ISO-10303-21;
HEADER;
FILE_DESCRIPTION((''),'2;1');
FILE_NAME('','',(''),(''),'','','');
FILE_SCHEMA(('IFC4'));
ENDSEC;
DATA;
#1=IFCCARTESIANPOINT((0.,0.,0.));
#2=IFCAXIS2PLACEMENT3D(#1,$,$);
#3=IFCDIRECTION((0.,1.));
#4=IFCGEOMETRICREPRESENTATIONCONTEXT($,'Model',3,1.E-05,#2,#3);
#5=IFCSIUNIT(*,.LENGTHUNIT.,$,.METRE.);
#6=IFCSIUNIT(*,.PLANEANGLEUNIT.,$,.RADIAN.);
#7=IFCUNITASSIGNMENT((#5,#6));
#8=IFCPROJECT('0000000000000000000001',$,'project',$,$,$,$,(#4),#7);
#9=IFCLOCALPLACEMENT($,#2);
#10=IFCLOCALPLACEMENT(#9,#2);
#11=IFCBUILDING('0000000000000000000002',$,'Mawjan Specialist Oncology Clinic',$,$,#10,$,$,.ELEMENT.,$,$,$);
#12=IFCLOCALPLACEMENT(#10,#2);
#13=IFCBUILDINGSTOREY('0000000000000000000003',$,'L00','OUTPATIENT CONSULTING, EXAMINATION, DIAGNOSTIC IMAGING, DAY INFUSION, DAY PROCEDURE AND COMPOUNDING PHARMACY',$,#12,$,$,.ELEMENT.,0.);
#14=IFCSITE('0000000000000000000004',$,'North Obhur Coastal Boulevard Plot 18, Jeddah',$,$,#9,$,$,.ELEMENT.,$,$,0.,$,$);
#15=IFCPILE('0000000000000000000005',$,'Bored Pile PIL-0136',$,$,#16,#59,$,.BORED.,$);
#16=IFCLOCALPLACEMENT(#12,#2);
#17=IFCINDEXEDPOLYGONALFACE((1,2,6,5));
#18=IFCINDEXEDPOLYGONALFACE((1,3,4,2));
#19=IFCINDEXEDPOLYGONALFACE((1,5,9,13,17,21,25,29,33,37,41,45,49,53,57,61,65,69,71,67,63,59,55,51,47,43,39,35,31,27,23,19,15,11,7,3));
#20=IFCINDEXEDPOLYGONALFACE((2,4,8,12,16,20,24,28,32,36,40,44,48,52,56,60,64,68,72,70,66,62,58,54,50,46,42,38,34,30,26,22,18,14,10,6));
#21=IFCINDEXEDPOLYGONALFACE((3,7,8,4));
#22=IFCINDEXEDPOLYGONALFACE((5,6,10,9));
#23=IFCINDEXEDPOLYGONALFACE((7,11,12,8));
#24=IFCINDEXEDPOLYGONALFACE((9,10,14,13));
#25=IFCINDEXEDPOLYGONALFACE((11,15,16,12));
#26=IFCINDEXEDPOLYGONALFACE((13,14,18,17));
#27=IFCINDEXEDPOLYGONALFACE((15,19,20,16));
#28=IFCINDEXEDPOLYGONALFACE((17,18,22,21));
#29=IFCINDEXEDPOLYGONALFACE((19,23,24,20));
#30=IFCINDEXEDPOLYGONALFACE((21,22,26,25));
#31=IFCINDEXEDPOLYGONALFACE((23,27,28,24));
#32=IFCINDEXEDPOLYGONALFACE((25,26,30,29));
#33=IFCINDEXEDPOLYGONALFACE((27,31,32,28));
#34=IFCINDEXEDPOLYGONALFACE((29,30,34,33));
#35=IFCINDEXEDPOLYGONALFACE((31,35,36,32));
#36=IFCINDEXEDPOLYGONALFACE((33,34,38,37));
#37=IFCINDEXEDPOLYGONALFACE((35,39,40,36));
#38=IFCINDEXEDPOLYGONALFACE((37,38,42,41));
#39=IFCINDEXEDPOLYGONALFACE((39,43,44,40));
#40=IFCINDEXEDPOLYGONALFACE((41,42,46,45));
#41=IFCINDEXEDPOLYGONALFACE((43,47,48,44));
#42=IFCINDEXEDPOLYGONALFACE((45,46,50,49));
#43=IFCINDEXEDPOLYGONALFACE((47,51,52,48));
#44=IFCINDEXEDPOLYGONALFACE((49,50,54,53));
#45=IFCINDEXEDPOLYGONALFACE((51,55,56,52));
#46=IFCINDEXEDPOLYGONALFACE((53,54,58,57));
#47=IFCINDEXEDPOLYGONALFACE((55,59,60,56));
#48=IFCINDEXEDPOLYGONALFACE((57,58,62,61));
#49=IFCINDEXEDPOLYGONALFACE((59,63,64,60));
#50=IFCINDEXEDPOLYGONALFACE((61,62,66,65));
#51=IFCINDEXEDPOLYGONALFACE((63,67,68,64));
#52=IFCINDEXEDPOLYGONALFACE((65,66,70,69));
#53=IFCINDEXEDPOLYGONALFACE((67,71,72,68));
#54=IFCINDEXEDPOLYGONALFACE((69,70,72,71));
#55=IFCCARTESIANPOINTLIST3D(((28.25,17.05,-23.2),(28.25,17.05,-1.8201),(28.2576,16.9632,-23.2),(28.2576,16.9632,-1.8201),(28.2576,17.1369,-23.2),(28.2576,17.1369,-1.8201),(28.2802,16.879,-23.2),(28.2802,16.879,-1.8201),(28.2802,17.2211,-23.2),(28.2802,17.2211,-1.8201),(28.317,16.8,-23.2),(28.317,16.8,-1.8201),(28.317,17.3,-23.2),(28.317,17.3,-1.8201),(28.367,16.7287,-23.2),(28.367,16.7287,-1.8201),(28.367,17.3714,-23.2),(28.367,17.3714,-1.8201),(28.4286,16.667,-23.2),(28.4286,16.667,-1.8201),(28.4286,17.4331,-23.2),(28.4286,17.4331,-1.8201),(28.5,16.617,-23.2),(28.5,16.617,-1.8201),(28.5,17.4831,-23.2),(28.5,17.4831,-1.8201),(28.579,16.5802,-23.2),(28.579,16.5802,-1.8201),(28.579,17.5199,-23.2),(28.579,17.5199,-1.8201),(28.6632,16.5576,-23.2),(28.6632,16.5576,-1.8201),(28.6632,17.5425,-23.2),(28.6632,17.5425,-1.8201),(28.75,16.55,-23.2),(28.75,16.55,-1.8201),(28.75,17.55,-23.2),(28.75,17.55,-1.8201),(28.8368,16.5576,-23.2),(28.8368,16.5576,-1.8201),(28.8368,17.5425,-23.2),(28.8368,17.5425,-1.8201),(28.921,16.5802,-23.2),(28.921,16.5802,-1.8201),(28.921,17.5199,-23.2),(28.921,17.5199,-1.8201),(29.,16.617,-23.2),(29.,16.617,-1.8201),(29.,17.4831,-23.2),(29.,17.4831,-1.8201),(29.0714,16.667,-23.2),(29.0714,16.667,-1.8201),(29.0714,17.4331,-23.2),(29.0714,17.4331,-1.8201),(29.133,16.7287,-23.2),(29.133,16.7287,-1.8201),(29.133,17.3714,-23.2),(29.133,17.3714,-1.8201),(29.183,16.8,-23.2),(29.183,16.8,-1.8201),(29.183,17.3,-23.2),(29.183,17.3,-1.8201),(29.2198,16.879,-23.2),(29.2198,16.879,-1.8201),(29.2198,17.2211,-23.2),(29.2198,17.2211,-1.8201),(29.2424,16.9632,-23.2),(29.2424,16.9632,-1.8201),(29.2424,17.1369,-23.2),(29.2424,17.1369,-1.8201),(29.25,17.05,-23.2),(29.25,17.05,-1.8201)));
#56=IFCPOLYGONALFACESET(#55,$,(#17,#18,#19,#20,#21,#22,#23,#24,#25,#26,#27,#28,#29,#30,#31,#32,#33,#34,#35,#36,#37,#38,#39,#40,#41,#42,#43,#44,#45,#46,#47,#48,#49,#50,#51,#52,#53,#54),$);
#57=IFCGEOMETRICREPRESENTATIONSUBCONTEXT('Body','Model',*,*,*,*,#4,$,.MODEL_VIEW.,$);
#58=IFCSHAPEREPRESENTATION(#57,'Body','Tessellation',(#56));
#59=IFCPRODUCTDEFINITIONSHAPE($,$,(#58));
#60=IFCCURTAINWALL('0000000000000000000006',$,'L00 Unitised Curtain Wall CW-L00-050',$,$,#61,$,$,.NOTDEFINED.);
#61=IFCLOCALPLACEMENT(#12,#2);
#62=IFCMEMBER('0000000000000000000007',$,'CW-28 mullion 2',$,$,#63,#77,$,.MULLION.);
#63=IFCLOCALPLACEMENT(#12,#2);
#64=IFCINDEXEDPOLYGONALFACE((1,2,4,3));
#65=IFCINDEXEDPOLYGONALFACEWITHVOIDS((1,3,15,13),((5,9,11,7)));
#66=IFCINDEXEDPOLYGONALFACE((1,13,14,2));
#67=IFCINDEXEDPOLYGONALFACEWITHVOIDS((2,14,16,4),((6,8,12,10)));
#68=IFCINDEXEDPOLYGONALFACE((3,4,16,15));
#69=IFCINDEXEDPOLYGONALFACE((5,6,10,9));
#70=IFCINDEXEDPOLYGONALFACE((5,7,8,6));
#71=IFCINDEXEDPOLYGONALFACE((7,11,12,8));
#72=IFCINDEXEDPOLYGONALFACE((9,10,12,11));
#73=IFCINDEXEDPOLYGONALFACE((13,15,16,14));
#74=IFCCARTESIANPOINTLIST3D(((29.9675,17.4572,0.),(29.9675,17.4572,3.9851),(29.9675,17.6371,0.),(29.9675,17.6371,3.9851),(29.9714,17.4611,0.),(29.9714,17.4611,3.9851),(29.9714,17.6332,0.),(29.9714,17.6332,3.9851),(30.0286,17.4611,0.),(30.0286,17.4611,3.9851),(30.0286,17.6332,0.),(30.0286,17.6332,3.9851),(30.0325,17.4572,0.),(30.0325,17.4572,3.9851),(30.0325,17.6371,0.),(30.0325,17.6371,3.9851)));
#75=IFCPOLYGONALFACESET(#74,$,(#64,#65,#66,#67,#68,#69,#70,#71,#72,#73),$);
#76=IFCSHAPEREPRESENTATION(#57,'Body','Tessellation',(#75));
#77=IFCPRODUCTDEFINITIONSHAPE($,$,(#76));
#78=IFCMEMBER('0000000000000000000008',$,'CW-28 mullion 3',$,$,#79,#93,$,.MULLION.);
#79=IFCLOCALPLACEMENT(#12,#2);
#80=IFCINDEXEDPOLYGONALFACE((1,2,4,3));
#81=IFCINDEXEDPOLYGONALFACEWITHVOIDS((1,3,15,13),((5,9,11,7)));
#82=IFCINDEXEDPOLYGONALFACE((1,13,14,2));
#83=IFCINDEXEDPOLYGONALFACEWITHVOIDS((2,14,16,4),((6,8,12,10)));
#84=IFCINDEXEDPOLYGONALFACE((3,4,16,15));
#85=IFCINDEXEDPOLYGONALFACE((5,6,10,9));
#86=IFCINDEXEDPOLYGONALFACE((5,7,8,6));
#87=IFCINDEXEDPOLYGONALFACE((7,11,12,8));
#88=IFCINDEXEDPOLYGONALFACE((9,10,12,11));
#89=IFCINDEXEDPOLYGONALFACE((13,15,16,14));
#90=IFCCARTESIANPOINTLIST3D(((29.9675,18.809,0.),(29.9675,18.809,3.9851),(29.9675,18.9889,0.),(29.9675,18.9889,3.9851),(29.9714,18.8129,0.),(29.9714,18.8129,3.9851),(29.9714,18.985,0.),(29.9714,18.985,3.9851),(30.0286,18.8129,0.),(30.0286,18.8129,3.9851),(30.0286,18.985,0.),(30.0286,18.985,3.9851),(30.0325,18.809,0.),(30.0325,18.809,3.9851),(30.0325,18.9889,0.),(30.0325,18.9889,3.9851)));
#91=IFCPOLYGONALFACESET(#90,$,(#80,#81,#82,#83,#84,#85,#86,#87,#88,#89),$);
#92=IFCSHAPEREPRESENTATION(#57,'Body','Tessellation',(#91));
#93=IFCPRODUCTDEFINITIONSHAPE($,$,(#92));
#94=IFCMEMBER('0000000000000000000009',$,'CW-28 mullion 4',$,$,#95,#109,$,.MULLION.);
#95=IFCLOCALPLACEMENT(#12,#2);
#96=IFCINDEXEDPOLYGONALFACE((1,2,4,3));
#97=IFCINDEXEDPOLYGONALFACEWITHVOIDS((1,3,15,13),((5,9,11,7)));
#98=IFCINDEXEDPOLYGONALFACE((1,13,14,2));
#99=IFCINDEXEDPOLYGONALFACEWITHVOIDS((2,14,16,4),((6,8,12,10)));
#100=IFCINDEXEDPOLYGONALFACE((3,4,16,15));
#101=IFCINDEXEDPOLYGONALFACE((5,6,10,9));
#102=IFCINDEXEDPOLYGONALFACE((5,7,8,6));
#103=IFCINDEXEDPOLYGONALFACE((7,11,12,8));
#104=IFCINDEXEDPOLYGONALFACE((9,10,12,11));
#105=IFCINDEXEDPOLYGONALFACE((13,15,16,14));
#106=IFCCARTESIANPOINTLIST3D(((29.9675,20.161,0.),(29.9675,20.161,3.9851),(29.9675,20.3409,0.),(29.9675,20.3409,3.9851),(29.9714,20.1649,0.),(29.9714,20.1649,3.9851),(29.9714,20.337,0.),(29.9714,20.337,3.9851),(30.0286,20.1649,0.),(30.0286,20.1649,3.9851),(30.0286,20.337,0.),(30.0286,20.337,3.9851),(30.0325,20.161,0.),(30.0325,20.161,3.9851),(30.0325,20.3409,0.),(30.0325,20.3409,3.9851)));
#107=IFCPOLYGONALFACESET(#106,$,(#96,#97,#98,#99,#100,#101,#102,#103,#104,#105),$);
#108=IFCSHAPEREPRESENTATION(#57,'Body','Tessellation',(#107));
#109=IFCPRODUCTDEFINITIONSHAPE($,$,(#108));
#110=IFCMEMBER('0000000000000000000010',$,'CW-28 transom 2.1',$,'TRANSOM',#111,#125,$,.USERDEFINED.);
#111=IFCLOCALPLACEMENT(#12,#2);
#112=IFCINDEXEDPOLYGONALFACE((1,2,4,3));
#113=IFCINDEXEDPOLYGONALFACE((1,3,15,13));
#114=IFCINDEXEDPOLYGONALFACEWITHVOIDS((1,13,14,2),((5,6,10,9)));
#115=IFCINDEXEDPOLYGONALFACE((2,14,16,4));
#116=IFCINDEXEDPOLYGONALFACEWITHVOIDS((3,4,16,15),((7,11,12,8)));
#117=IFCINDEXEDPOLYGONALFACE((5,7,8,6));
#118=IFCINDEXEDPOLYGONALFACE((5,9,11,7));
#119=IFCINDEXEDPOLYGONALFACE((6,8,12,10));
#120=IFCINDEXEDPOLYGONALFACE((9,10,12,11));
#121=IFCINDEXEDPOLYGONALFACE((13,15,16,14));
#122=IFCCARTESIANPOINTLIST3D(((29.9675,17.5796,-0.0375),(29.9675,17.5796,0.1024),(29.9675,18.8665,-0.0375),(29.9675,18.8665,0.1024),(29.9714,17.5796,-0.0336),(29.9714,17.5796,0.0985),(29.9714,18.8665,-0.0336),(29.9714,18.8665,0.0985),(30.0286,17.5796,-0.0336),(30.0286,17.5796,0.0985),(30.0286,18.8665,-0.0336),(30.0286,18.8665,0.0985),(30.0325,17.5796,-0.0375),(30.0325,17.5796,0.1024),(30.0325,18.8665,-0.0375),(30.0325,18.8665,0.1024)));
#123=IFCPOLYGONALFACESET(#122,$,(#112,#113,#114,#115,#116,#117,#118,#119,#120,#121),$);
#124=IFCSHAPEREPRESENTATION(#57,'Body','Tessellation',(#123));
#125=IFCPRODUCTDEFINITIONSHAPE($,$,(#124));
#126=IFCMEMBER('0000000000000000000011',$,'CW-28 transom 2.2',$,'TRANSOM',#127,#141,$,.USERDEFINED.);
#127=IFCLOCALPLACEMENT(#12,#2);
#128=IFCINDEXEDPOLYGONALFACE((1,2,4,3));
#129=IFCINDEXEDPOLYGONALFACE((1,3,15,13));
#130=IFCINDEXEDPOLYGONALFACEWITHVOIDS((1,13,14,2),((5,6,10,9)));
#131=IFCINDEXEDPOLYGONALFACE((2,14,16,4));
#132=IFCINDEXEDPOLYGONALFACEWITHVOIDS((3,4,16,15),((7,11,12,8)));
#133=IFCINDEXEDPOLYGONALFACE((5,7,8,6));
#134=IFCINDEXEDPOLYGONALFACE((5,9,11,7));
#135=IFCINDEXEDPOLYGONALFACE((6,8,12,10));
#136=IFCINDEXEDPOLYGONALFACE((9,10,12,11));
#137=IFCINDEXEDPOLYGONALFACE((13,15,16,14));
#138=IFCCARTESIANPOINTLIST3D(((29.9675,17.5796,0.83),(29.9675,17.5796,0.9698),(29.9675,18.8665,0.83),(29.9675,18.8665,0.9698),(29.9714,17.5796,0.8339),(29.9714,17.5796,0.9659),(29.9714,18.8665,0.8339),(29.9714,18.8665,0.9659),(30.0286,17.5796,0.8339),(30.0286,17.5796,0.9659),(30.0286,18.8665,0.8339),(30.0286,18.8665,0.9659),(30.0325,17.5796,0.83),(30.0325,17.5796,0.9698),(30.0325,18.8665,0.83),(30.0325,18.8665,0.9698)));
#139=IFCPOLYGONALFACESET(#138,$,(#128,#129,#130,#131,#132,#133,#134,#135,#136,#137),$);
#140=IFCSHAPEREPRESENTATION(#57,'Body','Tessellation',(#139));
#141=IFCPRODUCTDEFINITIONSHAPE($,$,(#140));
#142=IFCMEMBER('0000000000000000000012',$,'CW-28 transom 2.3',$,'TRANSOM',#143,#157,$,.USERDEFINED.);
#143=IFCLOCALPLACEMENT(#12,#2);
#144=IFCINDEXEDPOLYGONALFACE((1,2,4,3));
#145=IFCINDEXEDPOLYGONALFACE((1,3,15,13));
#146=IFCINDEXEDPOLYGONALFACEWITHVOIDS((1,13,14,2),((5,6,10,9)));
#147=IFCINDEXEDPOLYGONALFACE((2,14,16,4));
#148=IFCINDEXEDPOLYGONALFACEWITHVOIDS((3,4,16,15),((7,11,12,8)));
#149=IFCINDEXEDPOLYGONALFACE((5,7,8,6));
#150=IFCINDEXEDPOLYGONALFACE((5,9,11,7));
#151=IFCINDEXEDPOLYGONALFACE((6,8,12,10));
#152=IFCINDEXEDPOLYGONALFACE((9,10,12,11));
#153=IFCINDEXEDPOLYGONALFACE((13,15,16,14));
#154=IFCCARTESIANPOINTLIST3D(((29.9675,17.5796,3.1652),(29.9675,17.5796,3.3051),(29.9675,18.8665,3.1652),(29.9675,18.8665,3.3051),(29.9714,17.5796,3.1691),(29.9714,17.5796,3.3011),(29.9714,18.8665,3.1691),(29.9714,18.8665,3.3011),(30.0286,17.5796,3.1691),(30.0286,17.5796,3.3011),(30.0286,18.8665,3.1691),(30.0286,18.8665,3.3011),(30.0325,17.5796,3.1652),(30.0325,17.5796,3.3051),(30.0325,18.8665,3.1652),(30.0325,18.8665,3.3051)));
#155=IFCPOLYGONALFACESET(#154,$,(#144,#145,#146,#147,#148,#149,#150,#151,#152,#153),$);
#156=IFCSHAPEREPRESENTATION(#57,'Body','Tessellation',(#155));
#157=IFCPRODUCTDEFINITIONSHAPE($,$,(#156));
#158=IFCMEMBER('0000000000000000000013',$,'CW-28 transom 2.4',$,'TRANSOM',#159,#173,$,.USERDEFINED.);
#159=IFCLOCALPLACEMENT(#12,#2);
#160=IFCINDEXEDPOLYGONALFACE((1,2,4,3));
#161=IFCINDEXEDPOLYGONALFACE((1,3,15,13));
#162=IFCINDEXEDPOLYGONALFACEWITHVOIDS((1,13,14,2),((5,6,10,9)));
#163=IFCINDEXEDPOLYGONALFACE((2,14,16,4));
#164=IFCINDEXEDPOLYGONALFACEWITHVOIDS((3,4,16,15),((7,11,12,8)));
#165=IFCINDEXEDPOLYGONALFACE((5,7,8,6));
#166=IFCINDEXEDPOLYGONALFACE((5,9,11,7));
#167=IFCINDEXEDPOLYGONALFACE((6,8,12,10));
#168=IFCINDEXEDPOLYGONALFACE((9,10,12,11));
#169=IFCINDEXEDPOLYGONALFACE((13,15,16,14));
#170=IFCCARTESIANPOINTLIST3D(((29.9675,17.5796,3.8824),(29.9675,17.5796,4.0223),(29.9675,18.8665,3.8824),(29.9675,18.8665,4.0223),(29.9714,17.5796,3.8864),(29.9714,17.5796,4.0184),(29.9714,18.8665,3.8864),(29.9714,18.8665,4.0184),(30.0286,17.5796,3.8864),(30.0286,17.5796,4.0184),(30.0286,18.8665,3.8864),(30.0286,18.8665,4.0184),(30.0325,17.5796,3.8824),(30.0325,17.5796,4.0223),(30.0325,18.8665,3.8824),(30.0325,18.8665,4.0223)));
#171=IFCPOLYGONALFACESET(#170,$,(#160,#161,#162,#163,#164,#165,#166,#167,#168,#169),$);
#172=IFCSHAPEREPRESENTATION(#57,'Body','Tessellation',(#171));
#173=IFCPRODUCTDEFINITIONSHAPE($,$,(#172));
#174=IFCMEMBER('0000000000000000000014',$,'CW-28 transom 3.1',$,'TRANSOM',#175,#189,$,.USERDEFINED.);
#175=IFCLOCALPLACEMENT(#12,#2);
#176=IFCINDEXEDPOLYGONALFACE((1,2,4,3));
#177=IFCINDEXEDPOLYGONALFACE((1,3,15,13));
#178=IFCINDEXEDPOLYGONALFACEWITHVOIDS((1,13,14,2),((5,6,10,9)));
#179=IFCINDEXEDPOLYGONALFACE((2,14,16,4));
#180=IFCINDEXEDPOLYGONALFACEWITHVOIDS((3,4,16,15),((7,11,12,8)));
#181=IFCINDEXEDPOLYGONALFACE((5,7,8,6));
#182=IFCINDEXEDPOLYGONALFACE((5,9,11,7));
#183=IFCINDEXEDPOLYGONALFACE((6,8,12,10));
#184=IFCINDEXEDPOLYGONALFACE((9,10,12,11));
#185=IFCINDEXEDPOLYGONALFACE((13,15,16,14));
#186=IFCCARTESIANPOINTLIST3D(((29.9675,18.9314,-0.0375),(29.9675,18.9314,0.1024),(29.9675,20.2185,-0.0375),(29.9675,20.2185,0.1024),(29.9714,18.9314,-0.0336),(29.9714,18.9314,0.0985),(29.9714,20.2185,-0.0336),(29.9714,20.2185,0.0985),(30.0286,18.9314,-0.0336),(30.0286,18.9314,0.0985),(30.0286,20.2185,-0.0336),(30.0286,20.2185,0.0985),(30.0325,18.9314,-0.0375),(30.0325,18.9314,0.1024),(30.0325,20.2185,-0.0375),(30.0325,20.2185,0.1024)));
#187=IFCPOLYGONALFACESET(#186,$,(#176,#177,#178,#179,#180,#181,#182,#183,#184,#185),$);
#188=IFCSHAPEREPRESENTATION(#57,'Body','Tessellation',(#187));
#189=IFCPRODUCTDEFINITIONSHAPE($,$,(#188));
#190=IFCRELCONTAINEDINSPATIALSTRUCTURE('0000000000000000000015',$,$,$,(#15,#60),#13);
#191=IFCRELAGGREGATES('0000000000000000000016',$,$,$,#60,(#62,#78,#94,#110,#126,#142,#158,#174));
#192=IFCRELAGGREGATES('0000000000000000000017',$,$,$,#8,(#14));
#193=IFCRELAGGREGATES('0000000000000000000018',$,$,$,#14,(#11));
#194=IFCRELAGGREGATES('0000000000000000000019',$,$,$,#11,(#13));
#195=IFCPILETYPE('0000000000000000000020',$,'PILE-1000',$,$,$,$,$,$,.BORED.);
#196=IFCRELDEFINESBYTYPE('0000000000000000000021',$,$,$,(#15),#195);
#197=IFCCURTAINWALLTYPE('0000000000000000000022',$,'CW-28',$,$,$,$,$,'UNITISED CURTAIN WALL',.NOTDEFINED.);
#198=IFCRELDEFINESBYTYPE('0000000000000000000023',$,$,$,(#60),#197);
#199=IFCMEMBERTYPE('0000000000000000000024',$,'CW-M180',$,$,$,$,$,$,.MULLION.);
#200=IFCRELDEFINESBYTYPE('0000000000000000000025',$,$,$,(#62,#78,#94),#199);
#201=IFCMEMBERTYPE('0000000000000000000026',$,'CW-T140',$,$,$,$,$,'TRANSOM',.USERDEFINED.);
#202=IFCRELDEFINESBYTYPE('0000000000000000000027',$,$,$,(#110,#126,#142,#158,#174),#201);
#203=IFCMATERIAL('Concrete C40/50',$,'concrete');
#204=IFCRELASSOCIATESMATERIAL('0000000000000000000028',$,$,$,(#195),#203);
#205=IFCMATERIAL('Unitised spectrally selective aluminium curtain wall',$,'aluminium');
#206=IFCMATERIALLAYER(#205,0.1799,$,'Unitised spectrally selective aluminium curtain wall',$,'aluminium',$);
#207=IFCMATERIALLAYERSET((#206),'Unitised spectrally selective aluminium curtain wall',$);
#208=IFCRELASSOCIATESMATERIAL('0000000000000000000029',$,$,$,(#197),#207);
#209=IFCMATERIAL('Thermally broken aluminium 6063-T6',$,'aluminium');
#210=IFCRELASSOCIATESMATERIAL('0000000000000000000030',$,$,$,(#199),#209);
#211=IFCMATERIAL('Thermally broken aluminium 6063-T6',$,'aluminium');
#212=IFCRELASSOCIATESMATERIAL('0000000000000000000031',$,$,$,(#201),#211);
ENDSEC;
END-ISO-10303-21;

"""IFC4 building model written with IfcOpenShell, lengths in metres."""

from ifc_helpers import new_model, si_unit, direction, frame, origin, origin_2d, place, context, subcontext, project, spatial, hollow_rectangle, circle, extrude, material, layer, layer_set, material_profile, profile_set, type_object, element, aggregate, save


model = new_model("IFC4")

# Units and contexts
model_context = context("Model", 3, precision=1e-05, world=origin(), true_north=direction((0.0, 1.0)))
body_context = subcontext(model_context, "Body", "Model", "MODEL_VIEW")
ifc_project = project(units=[si_unit("LENGTHUNIT", "METRE"), si_unit("PLANEANGLEUNIT", "RADIAN")], contexts=[model_context])

# Site, building, storey
site_placement = place(None, origin())
site = spatial("IfcSite", under=ifc_project, at=site_placement, Name="North Obhur Coastal Boulevard Plot 18, Jeddah", CompositionType="ELEMENT", RefElevation=0.0)
building_placement = place(site_placement, origin())
building = spatial("IfcBuilding", under=site, at=building_placement, Name="Mawjan Specialist Oncology Clinic", CompositionType="ELEMENT")
storey_placement = place(building_placement, origin())
storey = spatial("IfcBuildingStorey", under=building, at=storey_placement, Name="L00", Description="OUTPATIENT CONSULTING, EXAMINATION, DIAGNOSTIC IMAGING, DAY INFUSION, DAY PROCEDURE AND COMPOUNDING PHARMACY", CompositionType="ELEMENT", Elevation=0.0)

# Pile
ifc_material_1 = material(Name="Concrete C40/50", Category="concrete")
ifc_material_profile_1 = material_profile(ifc_material_1, circle(Radius=0.5, at=origin_2d()), Name="BORED PILE D1000", Category="concrete")
ifc_profile_set_1 = profile_set([ifc_material_profile_1], Name="Concrete C40/50")
pile_type = type_object("IfcPileType", Name="PILE-1000", PredefinedType="BORED", material=ifc_profile_set_1)
pile_placement = place(storey_placement, frame((28.75, 17.05, -1.8201), z_axis=(0.0, 0.0, -1.0), x_axis=(1.0, 0.0, 0.0)))
element("IfcPile", 1, at=pile_placement, inside=storey, type_object=pile_type, Name="Bored Pile PIL-0136", PredefinedType="BORED", context=body_context, shape_type="SweptSolid", body=[
    extrude(circle(Radius=0.5, at=origin_2d()), origin(), (0.0, 0.0, 1.0), 21.3799),
])

# Curtain wall, members
ifc_material_2 = material(Name="Unitised spectrally selective aluminium curtain wall", Category="aluminium")
ifc_layer_1 = layer(ifc_material_2, 0.1799, Name="Unitised spectrally selective aluminium curtain wall", Category="aluminium")
ifc_layer_set_1 = layer_set([ifc_layer_1], Name="Unitised spectrally selective aluminium curtain wall")
curtain_wall_type = type_object("IfcCurtainWallType", Name="CW-28", ElementType="UNITISED CURTAIN WALL", PredefinedType="NOTDEFINED", material=ifc_layer_set_1)
curtain_wall_placement = place(storey_placement, origin())
curtain_wall = element("IfcCurtainWall", 2, at=curtain_wall_placement, inside=storey, type_object=curtain_wall_type, Name="L00 Unitised Curtain Wall CW-L00-050", PredefinedType="NOTDEFINED")
ifc_material_3 = material(Name="Thermally broken aluminium 6063-T6", Category="aluminium")
ifc_material_profile_2 = material_profile(ifc_material_3, hollow_rectangle(XDim=0.0649, YDim=0.1799, WallThickness=0.0039, at=origin_2d()), Name="ALU MULLION 180x65x4", Category="aluminium")
ifc_profile_set_2 = profile_set([ifc_material_profile_2], Name="Thermally broken aluminium 6063-T6")
member_type_1 = type_object("IfcMemberType", Name="CW-M180", PredefinedType="MULLION", material=ifc_profile_set_2)
member_1_placement = place(storey_placement, frame((30.0, 17.5471, 0.0), z_axis=(0.0, 0.0, 1.0), x_axis=(-1.0, 0.0, 0.0)))
member_1 = element("IfcMember", 3, at=member_1_placement, type_object=member_type_1, Name="CW-28 mullion 2", PredefinedType="MULLION", context=body_context, shape_type="SweptSolid", body=[
    extrude(hollow_rectangle(XDim=0.0649, YDim=0.1799, WallThickness=0.0039, at=origin_2d()), origin(), (0.0, 0.0, 1.0), 3.9851),
])
member_2_placement = place(storey_placement, frame((30.0, 18.8989, 0.0), z_axis=(0.0, 0.0, 1.0), x_axis=(-1.0, 0.0, 0.0)))
member_2 = element("IfcMember", 4, at=member_2_placement, type_object=member_type_1, Name="CW-28 mullion 3", PredefinedType="MULLION", context=body_context, shape_type="SweptSolid", body=[
    extrude(hollow_rectangle(XDim=0.0649, YDim=0.1799, WallThickness=0.0039, at=origin_2d()), origin(), (0.0, 0.0, 1.0), 3.9851),
])
member_3_placement = place(storey_placement, frame((30.0, 20.251, 0.0), z_axis=(0.0, 0.0, 1.0), x_axis=(-1.0, 0.0, 0.0)))
member_3 = element("IfcMember", 5, at=member_3_placement, type_object=member_type_1, Name="CW-28 mullion 4", PredefinedType="MULLION", context=body_context, shape_type="SweptSolid", body=[
    extrude(hollow_rectangle(XDim=0.0649, YDim=0.1799, WallThickness=0.0039, at=origin_2d()), origin(), (0.0, 0.0, 1.0), 3.9851),
])
ifc_material_4 = material(Name="Thermally broken aluminium 6063-T6", Category="aluminium")
ifc_material_profile_3 = material_profile(ifc_material_4, hollow_rectangle(XDim=0.0649, YDim=0.1399, WallThickness=0.0039, at=origin_2d()), Name="ALU TRANSOM 140x65x4", Category="aluminium")
ifc_profile_set_3 = profile_set([ifc_material_profile_3], Name="Thermally broken aluminium 6063-T6")
member_type_2 = type_object("IfcMemberType", Name="CW-T140", ElementType="TRANSOM", PredefinedType="USERDEFINED", material=ifc_profile_set_3)
member_4_placement = place(storey_placement, frame((30.0, 17.5796, 0.0325), z_axis=(0.0, 1.0, 0.0), x_axis=(-1.0, 0.0, 0.0)))
member_4 = element("IfcMember", 6, at=member_4_placement, type_object=member_type_2, Name="CW-28 transom 2.1", ObjectType="TRANSOM", PredefinedType="USERDEFINED", context=body_context, shape_type="SweptSolid", body=[
    extrude(hollow_rectangle(XDim=0.0649, YDim=0.1399, WallThickness=0.0039, at=origin_2d()), origin(), (0.0, 0.0, 1.0), 1.2869),
])
member_5_placement = place(storey_placement, frame((30.0, 17.5796, 0.8999), z_axis=(0.0, 1.0, 0.0), x_axis=(-1.0, 0.0, 0.0)))
member_5 = element("IfcMember", 7, at=member_5_placement, type_object=member_type_2, Name="CW-28 transom 2.2", ObjectType="TRANSOM", PredefinedType="USERDEFINED", context=body_context, shape_type="SweptSolid", body=[
    extrude(hollow_rectangle(XDim=0.0649, YDim=0.1399, WallThickness=0.0039, at=origin_2d()), origin(), (0.0, 0.0, 1.0), 1.2869),
])
member_6_placement = place(storey_placement, frame((30.0, 17.5796, 3.2351), z_axis=(0.0, 1.0, 0.0), x_axis=(-1.0, 0.0, 0.0)))
member_6 = element("IfcMember", 8, at=member_6_placement, type_object=member_type_2, Name="CW-28 transom 2.3", ObjectType="TRANSOM", PredefinedType="USERDEFINED", context=body_context, shape_type="SweptSolid", body=[
    extrude(hollow_rectangle(XDim=0.0649, YDim=0.1399, WallThickness=0.0039, at=origin_2d()), origin(), (0.0, 0.0, 1.0), 1.2869),
])
member_7_placement = place(storey_placement, frame((30.0, 17.5796, 3.9524), z_axis=(0.0, 1.0, 0.0), x_axis=(-1.0, 0.0, 0.0)))
member_7 = element("IfcMember", 9, at=member_7_placement, type_object=member_type_2, Name="CW-28 transom 2.4", ObjectType="TRANSOM", PredefinedType="USERDEFINED", context=body_context, shape_type="SweptSolid", body=[
    extrude(hollow_rectangle(XDim=0.0649, YDim=0.1399, WallThickness=0.0039, at=origin_2d()), origin(), (0.0, 0.0, 1.0), 1.2869),
])
member_8_placement = place(storey_placement, frame((30.0, 18.9314, 0.0325), z_axis=(0.0, 1.0, 0.0), x_axis=(-1.0, 0.0, 0.0)))
member_8 = element("IfcMember", 10, at=member_8_placement, type_object=member_type_2, Name="CW-28 transom 3.1", ObjectType="TRANSOM", PredefinedType="USERDEFINED", context=body_context, shape_type="SweptSolid", body=[
    extrude(hollow_rectangle(XDim=0.0649, YDim=0.1399, WallThickness=0.0039, at=origin_2d()), origin(), (0.0, 0.0, 1.0), 1.2871),
])
aggregate(curtain_wall, [member_1, member_2, member_3, member_4, member_5, member_6, member_7, member_8])

save(model, "model.ifc")
